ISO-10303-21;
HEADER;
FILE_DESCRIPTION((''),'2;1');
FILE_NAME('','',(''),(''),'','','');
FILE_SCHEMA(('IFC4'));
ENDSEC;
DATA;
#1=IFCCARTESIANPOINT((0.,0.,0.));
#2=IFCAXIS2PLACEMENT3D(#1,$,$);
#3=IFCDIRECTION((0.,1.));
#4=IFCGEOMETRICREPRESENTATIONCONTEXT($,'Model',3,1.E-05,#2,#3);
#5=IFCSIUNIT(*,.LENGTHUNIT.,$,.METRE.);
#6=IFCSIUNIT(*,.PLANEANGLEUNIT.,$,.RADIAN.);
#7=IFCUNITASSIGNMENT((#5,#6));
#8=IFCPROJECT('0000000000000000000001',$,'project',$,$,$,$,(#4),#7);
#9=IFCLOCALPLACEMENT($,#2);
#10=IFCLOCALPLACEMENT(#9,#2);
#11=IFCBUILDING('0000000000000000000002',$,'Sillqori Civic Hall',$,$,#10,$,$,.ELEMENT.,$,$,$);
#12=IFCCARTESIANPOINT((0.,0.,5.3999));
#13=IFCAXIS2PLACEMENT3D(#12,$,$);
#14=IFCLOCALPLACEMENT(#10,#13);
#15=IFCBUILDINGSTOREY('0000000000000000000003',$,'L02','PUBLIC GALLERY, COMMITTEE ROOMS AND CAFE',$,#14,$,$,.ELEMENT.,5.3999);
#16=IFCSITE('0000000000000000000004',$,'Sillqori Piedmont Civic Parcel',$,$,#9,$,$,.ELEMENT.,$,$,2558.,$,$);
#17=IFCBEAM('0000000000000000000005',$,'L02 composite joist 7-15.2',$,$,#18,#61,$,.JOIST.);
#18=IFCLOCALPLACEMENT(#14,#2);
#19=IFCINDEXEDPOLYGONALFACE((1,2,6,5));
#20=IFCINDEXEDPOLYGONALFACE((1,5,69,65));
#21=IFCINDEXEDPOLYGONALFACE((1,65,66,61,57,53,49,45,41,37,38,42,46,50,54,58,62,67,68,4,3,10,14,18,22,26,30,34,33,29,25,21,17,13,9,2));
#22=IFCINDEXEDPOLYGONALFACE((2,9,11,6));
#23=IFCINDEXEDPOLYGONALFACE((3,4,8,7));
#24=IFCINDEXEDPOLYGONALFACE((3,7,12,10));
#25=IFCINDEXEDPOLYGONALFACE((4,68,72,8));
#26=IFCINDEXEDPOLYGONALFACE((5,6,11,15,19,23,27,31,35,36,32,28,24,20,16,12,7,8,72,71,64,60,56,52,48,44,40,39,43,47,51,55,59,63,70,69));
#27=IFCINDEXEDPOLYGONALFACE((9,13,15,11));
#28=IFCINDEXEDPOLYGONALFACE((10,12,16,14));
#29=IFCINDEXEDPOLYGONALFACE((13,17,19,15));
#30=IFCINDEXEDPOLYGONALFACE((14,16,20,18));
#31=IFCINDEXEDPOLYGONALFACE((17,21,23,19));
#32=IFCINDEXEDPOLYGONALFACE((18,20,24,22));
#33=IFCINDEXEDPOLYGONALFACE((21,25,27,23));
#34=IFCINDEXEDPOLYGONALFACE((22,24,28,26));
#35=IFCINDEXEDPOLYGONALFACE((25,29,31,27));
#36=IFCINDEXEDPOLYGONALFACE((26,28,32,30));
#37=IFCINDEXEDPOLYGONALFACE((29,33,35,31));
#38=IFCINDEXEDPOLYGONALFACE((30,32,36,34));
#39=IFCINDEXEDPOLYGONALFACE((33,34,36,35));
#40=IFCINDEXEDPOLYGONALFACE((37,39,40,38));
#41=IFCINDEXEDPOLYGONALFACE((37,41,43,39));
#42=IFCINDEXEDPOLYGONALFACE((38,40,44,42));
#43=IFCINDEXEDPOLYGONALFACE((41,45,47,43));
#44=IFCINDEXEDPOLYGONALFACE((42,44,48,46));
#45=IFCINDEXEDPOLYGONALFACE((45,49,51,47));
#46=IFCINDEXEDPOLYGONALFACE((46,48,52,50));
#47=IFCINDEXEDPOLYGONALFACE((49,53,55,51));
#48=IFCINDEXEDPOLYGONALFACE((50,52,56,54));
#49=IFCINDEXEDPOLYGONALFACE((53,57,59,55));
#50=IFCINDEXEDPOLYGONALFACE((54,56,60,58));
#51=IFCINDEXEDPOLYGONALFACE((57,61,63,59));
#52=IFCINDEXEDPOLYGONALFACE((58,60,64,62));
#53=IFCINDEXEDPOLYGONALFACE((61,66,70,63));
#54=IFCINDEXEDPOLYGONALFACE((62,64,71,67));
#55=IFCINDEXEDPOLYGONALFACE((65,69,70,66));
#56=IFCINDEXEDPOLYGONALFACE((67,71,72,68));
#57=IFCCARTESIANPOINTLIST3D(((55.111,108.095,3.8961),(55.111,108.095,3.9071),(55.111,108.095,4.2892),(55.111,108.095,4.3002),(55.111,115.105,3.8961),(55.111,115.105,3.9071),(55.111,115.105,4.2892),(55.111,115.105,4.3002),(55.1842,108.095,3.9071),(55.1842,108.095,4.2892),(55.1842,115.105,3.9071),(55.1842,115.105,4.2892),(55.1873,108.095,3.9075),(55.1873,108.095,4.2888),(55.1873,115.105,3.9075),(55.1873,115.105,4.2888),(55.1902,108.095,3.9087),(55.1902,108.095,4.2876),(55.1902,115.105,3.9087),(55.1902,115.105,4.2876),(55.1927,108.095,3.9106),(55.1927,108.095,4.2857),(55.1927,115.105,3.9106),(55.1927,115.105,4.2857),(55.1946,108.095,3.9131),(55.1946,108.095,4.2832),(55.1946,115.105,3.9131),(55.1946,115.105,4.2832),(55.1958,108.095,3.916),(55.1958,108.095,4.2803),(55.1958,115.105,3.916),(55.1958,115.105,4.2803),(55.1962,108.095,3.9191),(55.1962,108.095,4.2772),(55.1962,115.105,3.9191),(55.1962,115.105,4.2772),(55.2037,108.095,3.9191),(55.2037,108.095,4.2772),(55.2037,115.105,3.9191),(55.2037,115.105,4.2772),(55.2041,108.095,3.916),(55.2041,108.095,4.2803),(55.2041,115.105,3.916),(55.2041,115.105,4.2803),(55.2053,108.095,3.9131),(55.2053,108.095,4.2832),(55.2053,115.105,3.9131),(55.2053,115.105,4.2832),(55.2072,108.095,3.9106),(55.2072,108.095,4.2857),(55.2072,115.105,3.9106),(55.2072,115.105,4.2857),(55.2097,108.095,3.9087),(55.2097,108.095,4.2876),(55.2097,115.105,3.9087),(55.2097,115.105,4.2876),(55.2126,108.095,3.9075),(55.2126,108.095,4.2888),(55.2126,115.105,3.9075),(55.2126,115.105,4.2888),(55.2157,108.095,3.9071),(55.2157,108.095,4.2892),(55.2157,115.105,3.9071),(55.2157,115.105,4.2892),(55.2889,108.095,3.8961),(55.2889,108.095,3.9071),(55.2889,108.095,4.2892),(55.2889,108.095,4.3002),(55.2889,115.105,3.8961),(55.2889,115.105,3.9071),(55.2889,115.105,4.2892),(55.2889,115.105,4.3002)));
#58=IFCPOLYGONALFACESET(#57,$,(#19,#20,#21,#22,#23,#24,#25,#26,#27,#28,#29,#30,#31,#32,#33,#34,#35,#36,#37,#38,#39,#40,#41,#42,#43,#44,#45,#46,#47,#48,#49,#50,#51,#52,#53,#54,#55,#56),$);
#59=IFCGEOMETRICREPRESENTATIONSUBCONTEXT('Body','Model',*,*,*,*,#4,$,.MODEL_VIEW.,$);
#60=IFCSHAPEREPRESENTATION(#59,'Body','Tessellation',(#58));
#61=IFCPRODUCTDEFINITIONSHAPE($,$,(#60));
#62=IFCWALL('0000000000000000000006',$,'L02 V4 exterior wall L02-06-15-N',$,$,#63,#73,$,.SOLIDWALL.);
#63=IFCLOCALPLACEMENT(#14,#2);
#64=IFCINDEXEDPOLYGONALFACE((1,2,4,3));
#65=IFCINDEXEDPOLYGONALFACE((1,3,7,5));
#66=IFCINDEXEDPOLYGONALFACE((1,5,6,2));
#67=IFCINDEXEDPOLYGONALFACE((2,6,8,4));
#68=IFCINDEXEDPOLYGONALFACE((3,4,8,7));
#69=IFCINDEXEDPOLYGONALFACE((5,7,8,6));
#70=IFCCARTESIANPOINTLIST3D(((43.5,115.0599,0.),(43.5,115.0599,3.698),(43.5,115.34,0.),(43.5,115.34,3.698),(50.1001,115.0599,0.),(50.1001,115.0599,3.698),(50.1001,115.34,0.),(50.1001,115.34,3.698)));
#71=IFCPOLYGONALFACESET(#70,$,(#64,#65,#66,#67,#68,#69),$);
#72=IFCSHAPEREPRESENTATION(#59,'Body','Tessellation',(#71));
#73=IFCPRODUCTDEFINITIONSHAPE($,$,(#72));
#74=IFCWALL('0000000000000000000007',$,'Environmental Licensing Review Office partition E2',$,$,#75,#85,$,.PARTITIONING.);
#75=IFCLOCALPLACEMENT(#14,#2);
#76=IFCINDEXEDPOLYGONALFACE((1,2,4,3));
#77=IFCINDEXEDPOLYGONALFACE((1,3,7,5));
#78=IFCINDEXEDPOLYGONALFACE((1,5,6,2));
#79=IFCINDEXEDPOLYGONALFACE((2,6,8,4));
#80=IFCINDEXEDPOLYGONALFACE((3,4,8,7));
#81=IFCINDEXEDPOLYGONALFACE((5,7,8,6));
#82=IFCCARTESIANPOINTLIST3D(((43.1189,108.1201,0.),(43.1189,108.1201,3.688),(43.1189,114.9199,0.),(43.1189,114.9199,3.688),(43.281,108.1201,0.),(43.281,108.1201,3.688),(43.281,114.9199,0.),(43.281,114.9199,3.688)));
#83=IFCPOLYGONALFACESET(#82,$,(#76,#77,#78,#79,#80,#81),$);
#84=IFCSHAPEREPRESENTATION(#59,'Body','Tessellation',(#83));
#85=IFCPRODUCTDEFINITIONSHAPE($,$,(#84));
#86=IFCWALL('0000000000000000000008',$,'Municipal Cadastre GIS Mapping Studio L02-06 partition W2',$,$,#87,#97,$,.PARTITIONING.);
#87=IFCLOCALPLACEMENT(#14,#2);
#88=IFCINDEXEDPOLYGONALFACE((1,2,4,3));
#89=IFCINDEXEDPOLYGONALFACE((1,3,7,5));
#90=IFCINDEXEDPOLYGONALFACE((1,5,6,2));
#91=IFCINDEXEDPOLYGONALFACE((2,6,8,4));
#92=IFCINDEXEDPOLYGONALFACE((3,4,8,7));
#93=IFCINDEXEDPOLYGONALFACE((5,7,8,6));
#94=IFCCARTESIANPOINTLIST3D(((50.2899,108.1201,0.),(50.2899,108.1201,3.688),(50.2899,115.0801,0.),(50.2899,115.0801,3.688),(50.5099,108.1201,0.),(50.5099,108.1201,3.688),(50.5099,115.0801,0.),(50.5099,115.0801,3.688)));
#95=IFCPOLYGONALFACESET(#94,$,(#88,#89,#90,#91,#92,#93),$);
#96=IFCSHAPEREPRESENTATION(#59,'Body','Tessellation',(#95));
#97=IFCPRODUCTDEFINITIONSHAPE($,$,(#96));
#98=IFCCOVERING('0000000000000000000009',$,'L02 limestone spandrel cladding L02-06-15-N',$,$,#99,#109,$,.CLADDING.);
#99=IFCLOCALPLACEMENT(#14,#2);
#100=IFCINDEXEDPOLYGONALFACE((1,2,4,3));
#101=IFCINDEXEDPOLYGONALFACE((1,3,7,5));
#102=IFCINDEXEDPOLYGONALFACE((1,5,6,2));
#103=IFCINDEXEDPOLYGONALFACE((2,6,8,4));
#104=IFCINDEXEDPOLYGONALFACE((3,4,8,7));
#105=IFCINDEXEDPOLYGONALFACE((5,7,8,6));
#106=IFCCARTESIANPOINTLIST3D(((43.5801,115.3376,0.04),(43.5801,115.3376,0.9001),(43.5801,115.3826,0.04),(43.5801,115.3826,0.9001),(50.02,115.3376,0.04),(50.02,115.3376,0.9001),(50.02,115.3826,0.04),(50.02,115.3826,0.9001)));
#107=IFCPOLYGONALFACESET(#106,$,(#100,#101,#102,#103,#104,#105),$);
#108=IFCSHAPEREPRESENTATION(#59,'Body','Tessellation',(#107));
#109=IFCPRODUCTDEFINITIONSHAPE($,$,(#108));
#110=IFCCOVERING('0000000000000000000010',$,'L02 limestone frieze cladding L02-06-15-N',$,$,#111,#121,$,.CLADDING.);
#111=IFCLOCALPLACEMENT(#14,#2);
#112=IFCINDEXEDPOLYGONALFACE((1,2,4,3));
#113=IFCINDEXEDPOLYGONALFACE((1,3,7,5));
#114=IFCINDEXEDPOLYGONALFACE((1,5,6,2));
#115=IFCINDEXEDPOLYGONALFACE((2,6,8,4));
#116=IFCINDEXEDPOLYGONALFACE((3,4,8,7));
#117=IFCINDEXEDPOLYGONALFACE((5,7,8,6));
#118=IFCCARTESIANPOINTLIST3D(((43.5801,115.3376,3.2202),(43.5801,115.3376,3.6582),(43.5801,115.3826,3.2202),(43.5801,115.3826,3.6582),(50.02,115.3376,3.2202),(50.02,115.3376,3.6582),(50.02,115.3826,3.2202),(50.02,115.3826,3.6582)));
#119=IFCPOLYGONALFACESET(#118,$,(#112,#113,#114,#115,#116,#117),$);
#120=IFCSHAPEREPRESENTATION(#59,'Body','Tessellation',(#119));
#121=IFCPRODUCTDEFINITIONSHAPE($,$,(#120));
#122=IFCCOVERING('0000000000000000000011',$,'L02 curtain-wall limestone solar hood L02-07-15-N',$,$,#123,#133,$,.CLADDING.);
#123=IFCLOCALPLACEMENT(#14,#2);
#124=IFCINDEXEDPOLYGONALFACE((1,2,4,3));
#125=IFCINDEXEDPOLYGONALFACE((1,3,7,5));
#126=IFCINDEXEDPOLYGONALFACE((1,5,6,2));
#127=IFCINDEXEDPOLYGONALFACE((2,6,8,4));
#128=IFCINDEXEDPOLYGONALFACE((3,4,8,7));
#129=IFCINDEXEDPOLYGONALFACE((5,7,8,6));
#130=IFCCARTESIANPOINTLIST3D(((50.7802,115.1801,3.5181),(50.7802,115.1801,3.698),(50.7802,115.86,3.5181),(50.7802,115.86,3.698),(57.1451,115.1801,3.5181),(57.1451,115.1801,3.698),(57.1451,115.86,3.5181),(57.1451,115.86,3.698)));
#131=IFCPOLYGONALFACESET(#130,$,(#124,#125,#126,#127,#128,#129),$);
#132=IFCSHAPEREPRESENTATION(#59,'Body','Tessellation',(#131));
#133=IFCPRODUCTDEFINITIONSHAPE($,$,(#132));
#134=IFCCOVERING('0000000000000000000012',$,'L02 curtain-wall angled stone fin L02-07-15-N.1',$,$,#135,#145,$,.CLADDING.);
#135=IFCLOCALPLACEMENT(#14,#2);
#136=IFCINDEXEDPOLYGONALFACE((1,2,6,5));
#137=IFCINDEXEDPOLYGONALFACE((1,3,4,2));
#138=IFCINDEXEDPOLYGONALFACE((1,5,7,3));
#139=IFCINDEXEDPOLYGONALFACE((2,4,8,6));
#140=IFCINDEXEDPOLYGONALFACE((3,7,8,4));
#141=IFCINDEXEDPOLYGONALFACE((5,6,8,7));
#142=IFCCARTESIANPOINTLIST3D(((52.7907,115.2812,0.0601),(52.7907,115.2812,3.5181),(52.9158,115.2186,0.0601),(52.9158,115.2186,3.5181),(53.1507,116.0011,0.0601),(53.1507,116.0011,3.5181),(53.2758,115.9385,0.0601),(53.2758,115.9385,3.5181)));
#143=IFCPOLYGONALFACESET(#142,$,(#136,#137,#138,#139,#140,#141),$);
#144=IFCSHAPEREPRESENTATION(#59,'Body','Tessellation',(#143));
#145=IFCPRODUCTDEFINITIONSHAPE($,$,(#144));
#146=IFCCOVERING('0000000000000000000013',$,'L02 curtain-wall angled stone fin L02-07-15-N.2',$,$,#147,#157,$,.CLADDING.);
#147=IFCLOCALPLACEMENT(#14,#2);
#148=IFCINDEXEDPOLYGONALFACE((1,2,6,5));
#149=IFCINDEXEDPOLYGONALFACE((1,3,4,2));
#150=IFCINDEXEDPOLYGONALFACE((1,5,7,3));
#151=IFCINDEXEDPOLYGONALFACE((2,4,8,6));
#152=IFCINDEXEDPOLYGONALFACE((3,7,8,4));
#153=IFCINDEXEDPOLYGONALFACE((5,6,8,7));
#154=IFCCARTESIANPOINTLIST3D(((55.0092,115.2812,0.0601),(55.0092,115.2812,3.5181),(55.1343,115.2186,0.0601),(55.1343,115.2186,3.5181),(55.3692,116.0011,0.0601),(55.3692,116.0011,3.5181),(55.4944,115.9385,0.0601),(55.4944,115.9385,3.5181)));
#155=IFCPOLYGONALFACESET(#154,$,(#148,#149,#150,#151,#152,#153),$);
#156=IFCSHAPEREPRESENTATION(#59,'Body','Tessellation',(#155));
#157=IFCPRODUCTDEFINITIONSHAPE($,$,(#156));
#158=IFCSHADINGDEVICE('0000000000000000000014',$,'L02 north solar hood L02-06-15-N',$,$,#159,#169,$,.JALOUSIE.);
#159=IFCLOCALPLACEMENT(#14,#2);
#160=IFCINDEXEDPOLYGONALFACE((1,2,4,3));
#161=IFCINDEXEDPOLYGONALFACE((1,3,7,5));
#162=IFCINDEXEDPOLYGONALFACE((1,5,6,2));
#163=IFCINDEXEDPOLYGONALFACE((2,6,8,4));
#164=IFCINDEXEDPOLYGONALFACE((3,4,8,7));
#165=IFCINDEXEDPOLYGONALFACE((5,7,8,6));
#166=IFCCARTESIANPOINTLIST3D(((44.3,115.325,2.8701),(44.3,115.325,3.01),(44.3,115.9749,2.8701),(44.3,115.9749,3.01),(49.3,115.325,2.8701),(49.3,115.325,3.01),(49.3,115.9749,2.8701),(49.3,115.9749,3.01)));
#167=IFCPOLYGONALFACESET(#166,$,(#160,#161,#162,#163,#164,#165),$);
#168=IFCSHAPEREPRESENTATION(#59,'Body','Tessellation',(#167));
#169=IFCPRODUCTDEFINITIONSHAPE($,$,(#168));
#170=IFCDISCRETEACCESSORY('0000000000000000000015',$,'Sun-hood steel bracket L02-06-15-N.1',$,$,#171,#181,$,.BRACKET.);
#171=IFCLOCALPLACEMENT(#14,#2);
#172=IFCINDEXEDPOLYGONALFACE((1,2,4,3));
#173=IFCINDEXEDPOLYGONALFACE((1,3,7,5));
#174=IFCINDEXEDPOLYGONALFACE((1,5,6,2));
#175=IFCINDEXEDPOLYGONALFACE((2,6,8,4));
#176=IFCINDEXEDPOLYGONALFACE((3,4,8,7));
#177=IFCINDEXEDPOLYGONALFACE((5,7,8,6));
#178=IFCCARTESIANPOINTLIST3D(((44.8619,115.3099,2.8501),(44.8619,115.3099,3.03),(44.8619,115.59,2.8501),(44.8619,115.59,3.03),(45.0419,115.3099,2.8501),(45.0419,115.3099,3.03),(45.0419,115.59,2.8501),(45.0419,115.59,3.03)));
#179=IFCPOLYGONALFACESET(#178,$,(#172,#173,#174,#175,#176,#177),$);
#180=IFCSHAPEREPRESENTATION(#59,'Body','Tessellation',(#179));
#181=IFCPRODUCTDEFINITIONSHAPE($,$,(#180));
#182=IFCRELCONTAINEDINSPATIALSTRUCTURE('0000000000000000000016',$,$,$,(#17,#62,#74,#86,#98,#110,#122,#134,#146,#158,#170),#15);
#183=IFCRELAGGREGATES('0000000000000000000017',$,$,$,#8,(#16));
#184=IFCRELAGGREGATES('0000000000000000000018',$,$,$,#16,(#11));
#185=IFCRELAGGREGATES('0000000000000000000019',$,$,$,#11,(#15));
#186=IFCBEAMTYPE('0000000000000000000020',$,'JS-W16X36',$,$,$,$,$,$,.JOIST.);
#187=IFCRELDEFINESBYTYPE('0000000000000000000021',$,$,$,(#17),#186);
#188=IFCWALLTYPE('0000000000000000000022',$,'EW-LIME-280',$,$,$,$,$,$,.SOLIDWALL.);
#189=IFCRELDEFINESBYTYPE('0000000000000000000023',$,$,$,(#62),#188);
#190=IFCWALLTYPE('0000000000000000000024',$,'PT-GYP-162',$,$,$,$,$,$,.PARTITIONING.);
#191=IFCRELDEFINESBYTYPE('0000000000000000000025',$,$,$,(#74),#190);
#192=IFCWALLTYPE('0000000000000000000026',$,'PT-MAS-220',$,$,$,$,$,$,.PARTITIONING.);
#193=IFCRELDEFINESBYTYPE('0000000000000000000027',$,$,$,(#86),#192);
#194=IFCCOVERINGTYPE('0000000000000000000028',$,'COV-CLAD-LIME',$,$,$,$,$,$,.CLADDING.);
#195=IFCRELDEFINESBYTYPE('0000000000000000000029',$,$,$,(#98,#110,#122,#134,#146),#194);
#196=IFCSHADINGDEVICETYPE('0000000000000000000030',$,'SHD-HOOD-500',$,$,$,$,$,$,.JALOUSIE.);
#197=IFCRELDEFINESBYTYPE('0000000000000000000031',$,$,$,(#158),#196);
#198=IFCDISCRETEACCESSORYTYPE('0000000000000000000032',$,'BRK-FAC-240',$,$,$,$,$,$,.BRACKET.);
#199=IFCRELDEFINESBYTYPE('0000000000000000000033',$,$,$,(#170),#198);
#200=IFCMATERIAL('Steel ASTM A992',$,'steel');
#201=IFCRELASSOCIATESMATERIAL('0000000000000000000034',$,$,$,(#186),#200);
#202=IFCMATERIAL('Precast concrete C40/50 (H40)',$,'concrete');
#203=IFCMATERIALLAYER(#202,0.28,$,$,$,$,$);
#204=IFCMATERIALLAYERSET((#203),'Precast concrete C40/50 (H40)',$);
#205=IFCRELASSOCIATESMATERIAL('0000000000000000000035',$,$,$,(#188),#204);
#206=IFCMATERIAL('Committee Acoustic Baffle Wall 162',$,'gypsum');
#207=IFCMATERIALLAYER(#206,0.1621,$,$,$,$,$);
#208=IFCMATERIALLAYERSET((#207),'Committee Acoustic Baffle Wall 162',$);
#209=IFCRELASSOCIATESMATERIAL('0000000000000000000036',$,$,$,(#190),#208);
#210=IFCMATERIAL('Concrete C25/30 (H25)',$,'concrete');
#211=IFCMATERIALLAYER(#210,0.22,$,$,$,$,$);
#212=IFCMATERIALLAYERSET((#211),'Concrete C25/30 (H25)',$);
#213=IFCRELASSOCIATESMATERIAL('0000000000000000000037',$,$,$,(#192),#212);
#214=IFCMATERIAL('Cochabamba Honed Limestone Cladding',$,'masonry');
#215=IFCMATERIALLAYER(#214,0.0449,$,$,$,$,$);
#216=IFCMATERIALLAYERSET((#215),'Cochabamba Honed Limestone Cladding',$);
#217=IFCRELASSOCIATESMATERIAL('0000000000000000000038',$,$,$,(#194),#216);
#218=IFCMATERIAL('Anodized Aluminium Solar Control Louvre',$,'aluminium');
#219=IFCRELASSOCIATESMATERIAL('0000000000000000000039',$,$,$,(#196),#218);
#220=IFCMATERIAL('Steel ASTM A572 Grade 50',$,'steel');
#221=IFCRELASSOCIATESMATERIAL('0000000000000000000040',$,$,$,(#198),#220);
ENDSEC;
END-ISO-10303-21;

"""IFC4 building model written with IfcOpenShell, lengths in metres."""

from ifc_helpers import new_model, si_unit, direction, frame, frame_2d, origin, origin_2d, place, context, subcontext, project, spatial, rectangle, i_section, extrude, material, layer, layer_set, material_profile, profile_set, type_object, element, save


model = new_model("IFC4")

# Units and contexts
model_context = context("Model", 3, precision=1e-05, world=origin(), true_north=direction((0.0, 1.0)))
body_context = subcontext(model_context, "Body", "Model", "MODEL_VIEW")
ifc_project = project(units=[si_unit("LENGTHUNIT", "METRE"), si_unit("PLANEANGLEUNIT", "RADIAN")], contexts=[model_context])

# Site, building, storey
site_placement = place(None, origin())
site = spatial("IfcSite", under=ifc_project, at=site_placement, Name="Sillqori Piedmont Civic Parcel", CompositionType="ELEMENT", RefElevation=2558.0)
building_placement = place(site_placement, origin())
building = spatial("IfcBuilding", under=site, at=building_placement, Name="Sillqori Civic Hall", CompositionType="ELEMENT")
storey_placement = place(building_placement, frame((0.0, 0.0, 5.3999)))
storey = spatial("IfcBuildingStorey", under=building, at=storey_placement, Name="L02", Description="PUBLIC GALLERY, COMMITTEE ROOMS AND CAFE", CompositionType="ELEMENT", Elevation=5.3999)

# Shared definitions
ifc_material_1 = material(Name="Steel ASTM A992", Category="steel")

# Beam
ifc_material_profile_1 = material_profile(ifc_material_1, i_section(OverallWidth=0.178, OverallDepth=0.4041, WebThickness=0.0076, FlangeThickness=0.011, FilletRadius=0.012, at=origin_2d()), Name="W16X36")
ifc_profile_set_1 = profile_set([ifc_material_profile_1], Name="Steel ASTM A992")
beam_type_1 = type_object("IfcBeamType", Name="JS-W16X36", PredefinedType="JOIST", material=ifc_profile_set_1)
beam_1_placement = place(storey_placement, frame((55.2, 108.095, 4.0981), z_axis=(0.0, 1.0, 0.0), x_axis=(-1.0, 0.0, 0.0)))
element("IfcBeam", 1, at=beam_1_placement, inside=storey, type_object=beam_type_1, Name="L02 composite joist 7-15.2", PredefinedType="JOIST", context=body_context, shape_type="SweptSolid", body=[
    extrude(i_section(OverallWidth=0.178, OverallDepth=0.4041, WebThickness=0.0076, FlangeThickness=0.011, FilletRadius=0.012, at=origin_2d()), origin(), (0.0, 0.0, 1.0), 7.01),
])

# Walls
ifc_material_2 = material(Name="Precast concrete C40/50 (H40)", Category="concrete")
ifc_layer_1 = layer(ifc_material_2, 0.28)
ifc_layer_set_1 = layer_set([ifc_layer_1], Name="Precast concrete C40/50 (H40)")
wall_type_1 = type_object("IfcWallType", Name="EW-LIME-280", PredefinedType="SOLIDWALL", material=ifc_layer_set_1)
wall_1_placement = place(storey_placement, frame((43.5, 115.2, 0.0), z_axis=(0.0, 0.0, 1.0), x_axis=(1.0, 0.0, 0.0)))
element("IfcWall", 2, at=wall_1_placement, inside=storey, type_object=wall_type_1, Name="L02 V4 exterior wall L02-06-15-N", PredefinedType="SOLIDWALL", context=body_context, shape_type="SweptSolid", body=[
    extrude(rectangle(XDim=6.6001, YDim=0.28, at=frame_2d((3.3, 0.0))), origin(), (0.0, 0.0, 1.0), 3.698),
])
ifc_material_3 = material(Name="Committee Acoustic Baffle Wall 162", Category="gypsum")
ifc_layer_2 = layer(ifc_material_3, 0.1621)
ifc_layer_set_2 = layer_set([ifc_layer_2], Name="Committee Acoustic Baffle Wall 162")
wall_type_2 = type_object("IfcWallType", Name="PT-GYP-162", PredefinedType="PARTITIONING", material=ifc_layer_set_2)
wall_2_placement = place(storey_placement, frame((43.2, 114.9199, 0.0), z_axis=(0.0, 0.0, 1.0), x_axis=(0.0, -1.0, 0.0)))
element("IfcWall", 3, at=wall_2_placement, inside=storey, type_object=wall_type_2, Name="Environmental Licensing Review Office partition E2", PredefinedType="PARTITIONING", context=body_context, shape_type="SweptSolid", body=[
    extrude(rectangle(XDim=6.7998, YDim=0.1621, at=frame_2d((3.3999, 0.0))), origin(), (0.0, 0.0, 1.0), 3.688),
])
ifc_material_4 = material(Name="Concrete C25/30 (H25)", Category="concrete")
ifc_layer_3 = layer(ifc_material_4, 0.22)
ifc_layer_set_3 = layer_set([ifc_layer_3], Name="Concrete C25/30 (H25)")
wall_type_3 = type_object("IfcWallType", Name="PT-MAS-220", PredefinedType="PARTITIONING", material=ifc_layer_set_3)
wall_3_placement = place(storey_placement, frame((50.3999, 108.1201, 0.0), z_axis=(0.0, 0.0, 1.0), x_axis=(0.0, 1.0, 0.0)))
element("IfcWall", 4, at=wall_3_placement, inside=storey, type_object=wall_type_3, Name="Municipal Cadastre GIS Mapping Studio L02-06 partition W2", PredefinedType="PARTITIONING", context=body_context, shape_type="SweptSolid", body=[
    extrude(rectangle(XDim=6.96, YDim=0.22, at=frame_2d((3.48, 0.0))), origin(), (0.0, 0.0, 1.0), 3.688),
])

# Coverings
ifc_material_5 = material(Name="Cochabamba Honed Limestone Cladding", Category="masonry")
ifc_layer_4 = layer(ifc_material_5, 0.0449)
ifc_layer_set_4 = layer_set([ifc_layer_4], Name="Cochabamba Honed Limestone Cladding")
covering_type = type_object("IfcCoveringType", Name="COV-CLAD-LIME", PredefinedType="CLADDING", material=ifc_layer_set_4)
covering_1_placement = place(storey_placement, frame((43.5801, 115.3601, 0.04), z_axis=(0.0, 0.0, 1.0), x_axis=(1.0, 0.0, 0.0)))
element("IfcCovering", 5, at=covering_1_placement, inside=storey, type_object=covering_type, Name="L02 limestone spandrel cladding L02-06-15-N", PredefinedType="CLADDING", context=body_context, shape_type="SweptSolid", body=[
    extrude(rectangle(XDim=6.4399, YDim=0.0449, at=frame_2d((3.22, 0.0))), origin(), (0.0, 0.0, 1.0), 0.8601),
])
covering_2_placement = place(storey_placement, frame((43.5801, 115.3601, 3.2202), z_axis=(0.0, 0.0, 1.0), x_axis=(1.0, 0.0, 0.0)))
element("IfcCovering", 6, at=covering_2_placement, inside=storey, type_object=covering_type, Name="L02 limestone frieze cladding L02-06-15-N", PredefinedType="CLADDING", context=body_context, shape_type="SweptSolid", body=[
    extrude(rectangle(XDim=6.4399, YDim=0.0449, at=frame_2d((3.22, 0.0))), origin(), (0.0, 0.0, 1.0), 0.438),
])
covering_3_placement = place(storey_placement, frame((50.78, 115.52, 3.5181), z_axis=(0.0, 0.0, 1.0), x_axis=(1.0, 0.0, 0.0)))
element("IfcCovering", 7, at=covering_3_placement, inside=storey, type_object=covering_type, Name="L02 curtain-wall limestone solar hood L02-07-15-N", PredefinedType="CLADDING", context=body_context, shape_type="SweptSolid", body=[
    extrude(rectangle(XDim=6.365, YDim=0.6799, at=frame_2d((3.1826, 0.0))), origin(), (0.0, 0.0, 1.0), 0.1799),
])
for number, where, z_axis, x_axis, name in (
    (8, (52.8533, 115.25, 0.0601), (0.0, 0.0, 1.0), (0.447335, 0.894367, 0.0), "L02 curtain-wall angled stone fin L02-07-15-N.1"),
    (9, (55.0718, 115.25, 0.0601), (0.0, 0.0, 1.0), (0.447335, 0.894367, 0.0), "L02 curtain-wall angled stone fin L02-07-15-N.2"),
):
    element("IfcCovering", number, at=place(storey_placement, frame(where, z_axis=z_axis, x_axis=x_axis)), inside=storey, type_object=covering_type, Name=name, PredefinedType="CLADDING", context=body_context, shape_type="SweptSolid", body=[
        extrude(rectangle(XDim=0.8049, YDim=0.1399, at=frame_2d((0.4023, 0.0))), origin(), (0.0, 0.0, 1.0), 3.458),
    ])

# Shading device
ifc_material_6 = material(Name="Anodized Aluminium Solar Control Louvre", Category="aluminium")
shading_device_type = type_object("IfcShadingDeviceType", Name="SHD-HOOD-500", PredefinedType="JALOUSIE", material=ifc_material_6)
shading_device_placement = place(storey_placement, frame((46.8, 115.6499, 2.8701), z_axis=(0.0, 0.0, 1.0), x_axis=(1.0, 0.0, 0.0)))
element("IfcShadingDevice", 10, at=shading_device_placement, inside=storey, type_object=shading_device_type, Name="L02 north solar hood L02-06-15-N", PredefinedType="JALOUSIE", context=body_context, shape_type="SweptSolid", body=[
    extrude(rectangle(XDim=5.0, YDim=0.6499, at=origin_2d()), origin(), (0.0, 0.0, 1.0), 0.1399),
])

# Discrete accessory
ifc_material_7 = material(Name="Steel ASTM A572 Grade 50", Category="steel")
discrete_accessory_type = type_object("IfcDiscreteAccessoryType", Name="BRK-FAC-240", PredefinedType="BRACKET", material=ifc_material_7)
for number, where, z_axis, x_axis, name in (
    (11, (44.9519, 115.45, 2.8501), (0.0, 0.0, 1.0), (1.0, 0.0, 0.0), "Sun-hood steel bracket L02-06-15-N.1"),
):
    element("IfcDiscreteAccessory", number, at=place(storey_placement, frame(where, z_axis=z_axis, x_axis=x_axis)), inside=storey, type_object=discrete_accessory_type, Name=name, PredefinedType="BRACKET", context=body_context, shape_type="SweptSolid", body=[
        extrude(rectangle(XDim=0.1799, YDim=0.28, at=origin_2d()), origin(), (0.0, 0.0, 1.0), 0.1799),
    ])

save(model, "model.ifc")
